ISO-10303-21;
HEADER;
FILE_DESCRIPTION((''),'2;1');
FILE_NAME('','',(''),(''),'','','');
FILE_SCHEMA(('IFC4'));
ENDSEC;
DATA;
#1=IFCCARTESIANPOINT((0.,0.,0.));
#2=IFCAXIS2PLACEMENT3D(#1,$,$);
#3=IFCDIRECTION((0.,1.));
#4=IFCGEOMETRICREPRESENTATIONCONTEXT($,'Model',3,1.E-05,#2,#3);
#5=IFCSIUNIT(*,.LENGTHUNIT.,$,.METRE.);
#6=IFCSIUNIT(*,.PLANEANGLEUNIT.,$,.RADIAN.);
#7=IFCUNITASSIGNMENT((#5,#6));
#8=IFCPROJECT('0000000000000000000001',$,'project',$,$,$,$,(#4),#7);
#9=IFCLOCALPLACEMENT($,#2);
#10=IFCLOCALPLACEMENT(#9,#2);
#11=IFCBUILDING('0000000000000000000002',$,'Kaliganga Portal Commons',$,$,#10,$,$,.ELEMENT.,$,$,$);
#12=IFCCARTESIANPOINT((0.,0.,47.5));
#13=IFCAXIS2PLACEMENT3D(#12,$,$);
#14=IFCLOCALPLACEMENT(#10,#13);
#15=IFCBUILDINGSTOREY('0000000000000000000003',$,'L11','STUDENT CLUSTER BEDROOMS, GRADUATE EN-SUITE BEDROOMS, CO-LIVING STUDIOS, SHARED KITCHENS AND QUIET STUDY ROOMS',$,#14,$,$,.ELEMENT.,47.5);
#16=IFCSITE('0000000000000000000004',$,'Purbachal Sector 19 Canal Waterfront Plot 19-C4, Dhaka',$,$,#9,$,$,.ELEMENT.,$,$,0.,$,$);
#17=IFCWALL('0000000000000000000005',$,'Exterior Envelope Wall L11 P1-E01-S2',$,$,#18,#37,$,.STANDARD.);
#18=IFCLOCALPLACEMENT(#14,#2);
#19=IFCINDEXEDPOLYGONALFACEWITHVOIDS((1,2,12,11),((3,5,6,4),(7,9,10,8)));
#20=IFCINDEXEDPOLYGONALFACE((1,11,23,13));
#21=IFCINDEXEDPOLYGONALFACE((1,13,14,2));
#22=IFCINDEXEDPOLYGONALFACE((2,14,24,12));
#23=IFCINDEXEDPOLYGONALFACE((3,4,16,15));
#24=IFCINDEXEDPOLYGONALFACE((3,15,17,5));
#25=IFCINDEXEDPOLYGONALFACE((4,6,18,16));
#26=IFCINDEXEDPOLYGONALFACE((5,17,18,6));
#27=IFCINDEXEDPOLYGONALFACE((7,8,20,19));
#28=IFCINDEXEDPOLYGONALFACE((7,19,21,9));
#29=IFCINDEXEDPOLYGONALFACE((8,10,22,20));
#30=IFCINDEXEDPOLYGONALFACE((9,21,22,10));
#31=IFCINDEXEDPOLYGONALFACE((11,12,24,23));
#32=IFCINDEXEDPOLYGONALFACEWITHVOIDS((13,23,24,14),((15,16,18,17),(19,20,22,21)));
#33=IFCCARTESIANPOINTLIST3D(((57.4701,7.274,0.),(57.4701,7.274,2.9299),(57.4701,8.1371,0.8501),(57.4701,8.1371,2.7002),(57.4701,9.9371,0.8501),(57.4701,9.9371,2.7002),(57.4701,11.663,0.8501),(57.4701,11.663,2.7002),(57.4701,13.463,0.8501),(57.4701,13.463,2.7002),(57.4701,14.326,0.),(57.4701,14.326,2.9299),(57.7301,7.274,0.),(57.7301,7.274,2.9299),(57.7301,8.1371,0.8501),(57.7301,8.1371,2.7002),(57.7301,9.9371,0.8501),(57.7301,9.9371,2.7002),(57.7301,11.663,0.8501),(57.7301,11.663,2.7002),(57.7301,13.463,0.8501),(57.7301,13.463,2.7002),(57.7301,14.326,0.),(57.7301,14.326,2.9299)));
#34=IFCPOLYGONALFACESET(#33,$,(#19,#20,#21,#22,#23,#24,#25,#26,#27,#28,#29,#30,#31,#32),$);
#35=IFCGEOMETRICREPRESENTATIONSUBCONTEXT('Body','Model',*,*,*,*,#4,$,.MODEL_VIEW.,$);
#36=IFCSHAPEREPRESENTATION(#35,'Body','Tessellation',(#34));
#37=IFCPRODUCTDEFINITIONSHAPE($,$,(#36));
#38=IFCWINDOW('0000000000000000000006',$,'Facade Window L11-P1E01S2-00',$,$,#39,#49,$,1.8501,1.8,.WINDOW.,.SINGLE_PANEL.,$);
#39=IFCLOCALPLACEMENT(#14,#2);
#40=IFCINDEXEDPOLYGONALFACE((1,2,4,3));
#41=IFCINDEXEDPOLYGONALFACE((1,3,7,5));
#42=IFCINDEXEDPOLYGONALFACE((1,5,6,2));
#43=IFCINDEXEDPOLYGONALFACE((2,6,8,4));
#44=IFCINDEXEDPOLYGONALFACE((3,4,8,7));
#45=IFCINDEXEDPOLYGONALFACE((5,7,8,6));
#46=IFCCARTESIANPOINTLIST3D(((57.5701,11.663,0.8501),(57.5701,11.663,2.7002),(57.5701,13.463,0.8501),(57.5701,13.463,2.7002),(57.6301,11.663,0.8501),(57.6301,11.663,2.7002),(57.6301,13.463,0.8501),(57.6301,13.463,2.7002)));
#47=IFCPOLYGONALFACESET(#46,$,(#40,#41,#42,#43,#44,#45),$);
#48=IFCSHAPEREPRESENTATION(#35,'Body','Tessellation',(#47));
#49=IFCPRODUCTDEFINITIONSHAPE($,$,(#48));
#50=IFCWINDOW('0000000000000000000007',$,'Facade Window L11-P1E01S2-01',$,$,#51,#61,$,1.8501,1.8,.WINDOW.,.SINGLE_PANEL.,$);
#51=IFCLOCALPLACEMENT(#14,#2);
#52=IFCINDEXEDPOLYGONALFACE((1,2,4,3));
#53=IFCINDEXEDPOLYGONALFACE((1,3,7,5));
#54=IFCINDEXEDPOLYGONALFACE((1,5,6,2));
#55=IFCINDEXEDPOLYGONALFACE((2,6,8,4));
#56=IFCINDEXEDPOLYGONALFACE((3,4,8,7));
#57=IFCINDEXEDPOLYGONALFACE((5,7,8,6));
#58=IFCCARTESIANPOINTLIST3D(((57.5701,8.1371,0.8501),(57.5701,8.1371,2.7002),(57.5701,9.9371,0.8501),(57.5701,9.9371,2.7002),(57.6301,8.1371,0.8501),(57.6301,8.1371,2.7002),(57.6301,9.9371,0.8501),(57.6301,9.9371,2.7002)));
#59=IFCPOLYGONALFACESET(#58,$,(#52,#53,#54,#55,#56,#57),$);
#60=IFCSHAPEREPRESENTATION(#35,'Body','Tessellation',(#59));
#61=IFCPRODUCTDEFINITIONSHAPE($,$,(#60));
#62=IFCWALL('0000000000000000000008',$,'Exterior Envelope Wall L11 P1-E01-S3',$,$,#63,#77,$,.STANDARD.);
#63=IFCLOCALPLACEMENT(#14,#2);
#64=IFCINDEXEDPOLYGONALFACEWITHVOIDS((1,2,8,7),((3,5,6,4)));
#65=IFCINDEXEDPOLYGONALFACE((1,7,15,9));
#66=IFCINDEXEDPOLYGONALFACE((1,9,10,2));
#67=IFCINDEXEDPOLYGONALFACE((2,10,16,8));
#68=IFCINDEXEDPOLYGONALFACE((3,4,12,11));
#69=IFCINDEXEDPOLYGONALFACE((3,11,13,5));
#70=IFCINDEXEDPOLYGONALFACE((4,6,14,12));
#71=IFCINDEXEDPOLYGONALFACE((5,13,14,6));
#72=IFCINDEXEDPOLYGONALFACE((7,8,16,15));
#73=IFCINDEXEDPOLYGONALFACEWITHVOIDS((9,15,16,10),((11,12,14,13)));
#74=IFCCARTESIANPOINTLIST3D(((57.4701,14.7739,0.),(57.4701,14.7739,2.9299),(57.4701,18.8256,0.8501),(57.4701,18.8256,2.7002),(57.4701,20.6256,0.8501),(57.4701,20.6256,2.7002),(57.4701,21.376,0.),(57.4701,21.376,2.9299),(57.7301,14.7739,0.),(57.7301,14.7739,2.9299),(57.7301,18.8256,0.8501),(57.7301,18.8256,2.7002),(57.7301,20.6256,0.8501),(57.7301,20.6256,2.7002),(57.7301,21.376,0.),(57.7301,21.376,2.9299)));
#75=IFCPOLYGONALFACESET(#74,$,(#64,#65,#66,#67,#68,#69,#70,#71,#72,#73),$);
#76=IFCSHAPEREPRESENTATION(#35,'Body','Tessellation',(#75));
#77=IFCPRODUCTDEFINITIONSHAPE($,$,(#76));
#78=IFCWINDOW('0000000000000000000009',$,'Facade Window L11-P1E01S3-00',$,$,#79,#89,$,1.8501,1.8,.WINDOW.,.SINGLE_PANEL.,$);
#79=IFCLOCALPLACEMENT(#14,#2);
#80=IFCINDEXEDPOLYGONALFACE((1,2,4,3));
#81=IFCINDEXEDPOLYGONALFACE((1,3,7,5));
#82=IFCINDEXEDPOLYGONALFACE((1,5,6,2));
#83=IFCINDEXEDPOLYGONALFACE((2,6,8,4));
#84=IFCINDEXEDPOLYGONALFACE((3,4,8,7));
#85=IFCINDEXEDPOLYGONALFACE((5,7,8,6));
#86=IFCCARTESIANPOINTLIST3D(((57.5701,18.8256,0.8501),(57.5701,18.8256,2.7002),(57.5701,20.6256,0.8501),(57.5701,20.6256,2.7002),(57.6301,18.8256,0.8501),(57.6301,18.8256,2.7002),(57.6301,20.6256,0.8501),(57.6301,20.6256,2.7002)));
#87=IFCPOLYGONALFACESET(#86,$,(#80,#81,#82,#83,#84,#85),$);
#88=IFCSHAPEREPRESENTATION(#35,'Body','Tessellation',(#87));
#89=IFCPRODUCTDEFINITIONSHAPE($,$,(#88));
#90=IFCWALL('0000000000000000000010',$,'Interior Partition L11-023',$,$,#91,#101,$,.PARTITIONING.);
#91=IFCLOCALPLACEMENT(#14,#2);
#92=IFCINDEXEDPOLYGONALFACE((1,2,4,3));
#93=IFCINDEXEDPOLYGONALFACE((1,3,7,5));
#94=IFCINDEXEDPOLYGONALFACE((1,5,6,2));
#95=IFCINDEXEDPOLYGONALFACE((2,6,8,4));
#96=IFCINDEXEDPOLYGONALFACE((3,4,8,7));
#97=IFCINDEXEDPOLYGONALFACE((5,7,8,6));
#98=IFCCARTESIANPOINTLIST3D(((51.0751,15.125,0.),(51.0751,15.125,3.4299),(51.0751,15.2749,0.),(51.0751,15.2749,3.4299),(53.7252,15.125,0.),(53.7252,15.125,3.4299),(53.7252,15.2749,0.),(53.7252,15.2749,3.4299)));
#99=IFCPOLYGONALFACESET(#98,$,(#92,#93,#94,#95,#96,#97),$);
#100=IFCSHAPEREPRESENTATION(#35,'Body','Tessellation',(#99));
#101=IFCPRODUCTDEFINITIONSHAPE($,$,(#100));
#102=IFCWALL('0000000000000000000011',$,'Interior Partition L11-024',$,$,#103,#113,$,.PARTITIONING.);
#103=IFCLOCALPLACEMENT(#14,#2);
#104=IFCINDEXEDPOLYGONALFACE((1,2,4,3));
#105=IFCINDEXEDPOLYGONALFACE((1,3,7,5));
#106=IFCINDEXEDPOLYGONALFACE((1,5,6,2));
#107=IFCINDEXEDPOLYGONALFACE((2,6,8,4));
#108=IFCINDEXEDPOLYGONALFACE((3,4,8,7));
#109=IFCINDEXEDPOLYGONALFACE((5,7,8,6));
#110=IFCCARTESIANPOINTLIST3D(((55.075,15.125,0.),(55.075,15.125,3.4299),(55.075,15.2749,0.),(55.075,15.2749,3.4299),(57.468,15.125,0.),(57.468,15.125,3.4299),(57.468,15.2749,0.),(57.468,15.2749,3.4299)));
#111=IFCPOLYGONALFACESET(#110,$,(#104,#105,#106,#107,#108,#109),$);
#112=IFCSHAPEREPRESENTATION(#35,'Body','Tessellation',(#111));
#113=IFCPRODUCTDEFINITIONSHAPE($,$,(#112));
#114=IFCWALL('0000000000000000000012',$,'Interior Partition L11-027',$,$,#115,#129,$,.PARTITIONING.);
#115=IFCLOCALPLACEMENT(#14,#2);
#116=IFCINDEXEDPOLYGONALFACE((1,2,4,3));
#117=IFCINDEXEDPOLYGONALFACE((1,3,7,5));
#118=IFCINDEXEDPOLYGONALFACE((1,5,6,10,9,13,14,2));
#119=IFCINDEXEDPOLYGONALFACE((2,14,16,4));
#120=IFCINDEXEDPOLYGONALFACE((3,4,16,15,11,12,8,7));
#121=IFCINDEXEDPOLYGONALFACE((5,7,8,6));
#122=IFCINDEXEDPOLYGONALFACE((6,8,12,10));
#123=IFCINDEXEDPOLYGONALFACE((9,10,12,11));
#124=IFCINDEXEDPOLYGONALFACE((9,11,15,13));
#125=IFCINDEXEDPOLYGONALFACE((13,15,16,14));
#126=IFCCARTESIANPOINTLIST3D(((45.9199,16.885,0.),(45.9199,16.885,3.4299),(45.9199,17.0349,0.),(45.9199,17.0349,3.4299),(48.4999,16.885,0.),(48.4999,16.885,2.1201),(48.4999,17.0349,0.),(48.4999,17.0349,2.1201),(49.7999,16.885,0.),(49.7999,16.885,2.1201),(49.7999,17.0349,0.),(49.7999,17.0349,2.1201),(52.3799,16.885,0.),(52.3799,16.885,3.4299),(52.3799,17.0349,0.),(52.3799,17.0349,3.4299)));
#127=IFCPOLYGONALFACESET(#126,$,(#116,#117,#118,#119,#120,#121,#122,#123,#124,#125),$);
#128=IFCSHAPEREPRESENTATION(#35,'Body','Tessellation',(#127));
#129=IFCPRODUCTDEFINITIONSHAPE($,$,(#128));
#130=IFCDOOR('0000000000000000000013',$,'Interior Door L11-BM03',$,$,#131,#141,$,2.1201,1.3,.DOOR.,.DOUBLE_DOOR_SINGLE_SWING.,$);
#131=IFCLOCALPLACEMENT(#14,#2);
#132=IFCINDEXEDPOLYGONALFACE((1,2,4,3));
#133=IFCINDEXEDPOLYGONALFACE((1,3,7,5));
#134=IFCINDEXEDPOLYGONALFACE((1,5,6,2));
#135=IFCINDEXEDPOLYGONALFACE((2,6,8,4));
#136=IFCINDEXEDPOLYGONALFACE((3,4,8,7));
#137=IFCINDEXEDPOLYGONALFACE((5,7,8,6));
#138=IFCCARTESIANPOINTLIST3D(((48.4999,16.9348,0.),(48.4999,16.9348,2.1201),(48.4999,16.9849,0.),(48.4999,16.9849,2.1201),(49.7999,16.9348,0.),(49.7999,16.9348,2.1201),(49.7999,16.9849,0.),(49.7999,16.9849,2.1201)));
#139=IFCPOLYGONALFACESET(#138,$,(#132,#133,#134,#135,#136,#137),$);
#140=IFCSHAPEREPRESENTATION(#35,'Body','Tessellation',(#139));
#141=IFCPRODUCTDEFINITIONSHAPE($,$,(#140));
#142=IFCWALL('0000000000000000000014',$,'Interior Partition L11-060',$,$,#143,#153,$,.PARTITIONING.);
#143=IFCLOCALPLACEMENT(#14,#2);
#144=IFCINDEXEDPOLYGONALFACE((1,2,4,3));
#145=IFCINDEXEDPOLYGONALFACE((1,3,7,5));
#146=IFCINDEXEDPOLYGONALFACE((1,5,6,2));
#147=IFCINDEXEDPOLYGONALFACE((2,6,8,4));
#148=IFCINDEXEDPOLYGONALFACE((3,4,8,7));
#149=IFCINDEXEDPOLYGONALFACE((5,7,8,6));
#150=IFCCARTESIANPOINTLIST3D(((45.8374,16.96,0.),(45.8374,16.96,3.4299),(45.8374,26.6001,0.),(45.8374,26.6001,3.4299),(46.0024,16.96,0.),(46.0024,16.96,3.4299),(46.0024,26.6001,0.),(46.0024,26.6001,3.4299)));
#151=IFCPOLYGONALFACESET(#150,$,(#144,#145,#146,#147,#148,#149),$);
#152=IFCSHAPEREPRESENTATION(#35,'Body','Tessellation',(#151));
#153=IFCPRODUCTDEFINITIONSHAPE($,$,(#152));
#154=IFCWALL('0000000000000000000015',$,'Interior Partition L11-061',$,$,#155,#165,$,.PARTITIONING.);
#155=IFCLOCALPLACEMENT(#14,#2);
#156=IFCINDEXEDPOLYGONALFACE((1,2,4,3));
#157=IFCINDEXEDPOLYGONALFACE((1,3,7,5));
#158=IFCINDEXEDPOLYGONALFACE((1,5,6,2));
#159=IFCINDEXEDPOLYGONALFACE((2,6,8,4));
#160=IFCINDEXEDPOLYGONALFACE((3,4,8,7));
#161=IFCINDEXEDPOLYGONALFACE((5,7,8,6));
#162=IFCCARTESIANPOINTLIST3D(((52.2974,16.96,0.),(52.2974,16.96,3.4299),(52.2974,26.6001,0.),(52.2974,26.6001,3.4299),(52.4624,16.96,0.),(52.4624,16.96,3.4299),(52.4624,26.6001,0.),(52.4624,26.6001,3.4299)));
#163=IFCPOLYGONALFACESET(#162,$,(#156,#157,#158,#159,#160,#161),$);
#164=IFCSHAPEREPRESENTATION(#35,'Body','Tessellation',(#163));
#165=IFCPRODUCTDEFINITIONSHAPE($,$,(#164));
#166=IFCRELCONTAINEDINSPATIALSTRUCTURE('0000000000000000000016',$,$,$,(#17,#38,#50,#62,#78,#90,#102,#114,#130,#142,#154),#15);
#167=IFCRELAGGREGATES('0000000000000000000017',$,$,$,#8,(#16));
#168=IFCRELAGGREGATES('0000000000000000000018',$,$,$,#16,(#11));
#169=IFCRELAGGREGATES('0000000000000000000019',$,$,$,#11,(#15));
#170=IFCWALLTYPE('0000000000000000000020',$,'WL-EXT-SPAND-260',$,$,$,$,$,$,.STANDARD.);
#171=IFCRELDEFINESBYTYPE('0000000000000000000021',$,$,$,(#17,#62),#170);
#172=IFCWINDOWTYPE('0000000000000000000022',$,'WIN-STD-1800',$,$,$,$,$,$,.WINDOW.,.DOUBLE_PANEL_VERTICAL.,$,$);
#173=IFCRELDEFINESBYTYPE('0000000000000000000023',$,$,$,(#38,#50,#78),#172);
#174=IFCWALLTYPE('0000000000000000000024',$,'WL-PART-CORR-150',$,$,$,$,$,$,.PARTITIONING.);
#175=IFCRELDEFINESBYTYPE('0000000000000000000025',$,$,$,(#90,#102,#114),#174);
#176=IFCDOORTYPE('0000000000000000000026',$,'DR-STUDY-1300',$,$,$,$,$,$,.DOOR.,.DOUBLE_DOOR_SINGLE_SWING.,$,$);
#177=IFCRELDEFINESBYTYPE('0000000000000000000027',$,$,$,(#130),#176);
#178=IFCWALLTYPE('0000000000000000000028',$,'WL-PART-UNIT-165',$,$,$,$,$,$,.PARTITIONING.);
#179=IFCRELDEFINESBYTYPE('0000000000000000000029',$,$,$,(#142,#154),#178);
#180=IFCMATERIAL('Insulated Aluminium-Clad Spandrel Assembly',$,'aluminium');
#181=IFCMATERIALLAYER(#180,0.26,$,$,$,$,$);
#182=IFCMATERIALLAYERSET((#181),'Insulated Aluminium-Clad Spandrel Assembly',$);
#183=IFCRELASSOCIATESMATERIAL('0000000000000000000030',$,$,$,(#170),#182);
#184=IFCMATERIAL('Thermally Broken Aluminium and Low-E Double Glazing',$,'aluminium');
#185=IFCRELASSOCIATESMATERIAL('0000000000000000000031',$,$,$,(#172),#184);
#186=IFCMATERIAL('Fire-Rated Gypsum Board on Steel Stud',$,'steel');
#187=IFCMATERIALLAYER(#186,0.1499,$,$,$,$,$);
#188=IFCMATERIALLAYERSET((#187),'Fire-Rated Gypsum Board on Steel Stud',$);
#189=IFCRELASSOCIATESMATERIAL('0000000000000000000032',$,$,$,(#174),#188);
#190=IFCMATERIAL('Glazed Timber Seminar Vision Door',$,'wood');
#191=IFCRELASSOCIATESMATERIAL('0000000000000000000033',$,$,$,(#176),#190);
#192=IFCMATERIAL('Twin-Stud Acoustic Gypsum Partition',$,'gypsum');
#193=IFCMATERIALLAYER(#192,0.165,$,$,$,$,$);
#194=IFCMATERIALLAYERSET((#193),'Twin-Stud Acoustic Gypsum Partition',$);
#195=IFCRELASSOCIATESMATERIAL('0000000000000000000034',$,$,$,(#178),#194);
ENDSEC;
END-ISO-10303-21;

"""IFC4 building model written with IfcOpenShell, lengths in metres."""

from ifc_helpers import new_model, si_unit, direction, frame, frame_2d, origin, place, context, subcontext, project, spatial, rectangle, extrude, material, layer, layer_set, type_object, element, fill, save


model = new_model("IFC4")

# Units and contexts
model_context = context("Model", 3, precision=1e-05, world=origin(), true_north=direction((0.0, 1.0)))
body_context = subcontext(model_context, "Body", "Model", "MODEL_VIEW")
ifc_project = project(units=[si_unit("LENGTHUNIT", "METRE"), si_unit("PLANEANGLEUNIT", "RADIAN")], contexts=[model_context])

# Site, building, storey
site_placement = place(None, origin())
site = spatial("IfcSite", under=ifc_project, at=site_placement, Name="Purbachal Sector 19 Canal Waterfront Plot 19-C4, Dhaka", CompositionType="ELEMENT", RefElevation=0.0)
building_placement = place(site_placement, origin())
building = spatial("IfcBuilding", under=site, at=building_placement, Name="Kaliganga Portal Commons", CompositionType="ELEMENT")
storey_placement = place(building_placement, frame((0.0, 0.0, 47.5)))
storey = spatial("IfcBuildingStorey", under=building, at=storey_placement, Name="L11", Description="STUDENT CLUSTER BEDROOMS, GRADUATE EN-SUITE BEDROOMS, CO-LIVING STUDIOS, SHARED KITCHENS AND QUIET STUDY ROOMS", CompositionType="ELEMENT", Elevation=47.5)

# Wall, openings, windows
ifc_material_1 = material(Name="Insulated Aluminium-Clad Spandrel Assembly", Category="aluminium")
ifc_layer_1 = layer(ifc_material_1, 0.26)
ifc_layer_set_1 = layer_set([ifc_layer_1], Name="Insulated Aluminium-Clad Spandrel Assembly")
wall_type_1 = type_object("IfcWallType", Name="WL-EXT-SPAND-260", PredefinedType="STANDARD", material=ifc_layer_set_1)
wall_1_placement = place(storey_placement, frame((57.6001, 14.3259, 0.0), z_axis=(0.0, 0.0, 1.0), x_axis=(0.0, -1.0, 0.0)))
wall_1 = element("IfcWall", 1, at=wall_1_placement, inside=storey, type_object=wall_type_1, Name="Exterior Envelope Wall L11 P1-E01-S2", PredefinedType="STANDARD", context=body_context, shape_type="SweptSolid", body=[
    extrude(rectangle(XDim=7.052, YDim=0.26, at=frame_2d((3.5259, 0.0))), origin(), (0.0, 0.0, 1.0), 2.9299),
])
opening_1_placement = place(wall_1_placement, frame((0.863, 0.0, 0.8501)))
opening_1 = element("IfcOpeningElement", 2, at=opening_1_placement, cuts=wall_1, PredefinedType="OPENING", context=body_context, shape_type="SweptSolid", body=[
    extrude(rectangle(XDim=1.8, YDim=1.8501, at=frame_2d((0.8999, 0.925))), frame((0.0, 0.1401, 0.0), z_axis=(0.0, -1.0, 0.0), x_axis=(1.0, 0.0, 0.0)), (0.0, 0.0, 1.0), 0.28),
])
opening_2_placement = place(wall_1_placement, frame((4.3889, 0.0, 0.8501)))
opening_2 = element("IfcOpeningElement", 3, at=opening_2_placement, cuts=wall_1, PredefinedType="OPENING", context=body_context, shape_type="SweptSolid", body=[
    extrude(rectangle(XDim=1.8, YDim=1.8501, at=frame_2d((0.8999, 0.925))), frame((0.0, 0.1401, 0.0), z_axis=(0.0, -1.0, 0.0), x_axis=(1.0, 0.0, 0.0)), (0.0, 0.0, 1.0), 0.28),
])
ifc_material_2 = material(Name="Thermally Broken Aluminium and Low-E Double Glazing", Category="aluminium")
window_type = type_object("IfcWindowType", Name="WIN-STD-1800", PartitioningType="DOUBLE_PANEL_VERTICAL", PredefinedType="WINDOW", material=ifc_material_2)
window_1_placement = place(opening_1_placement, origin())
window_1 = element("IfcWindow", 4, at=window_1_placement, inside=storey, type_object=window_type, Name="Facade Window L11-P1E01S2-00", OverallHeight=1.8501, OverallWidth=1.8, PartitioningType="SINGLE_PANEL", PredefinedType="WINDOW", context=body_context, shape_type="SweptSolid", body=[
    extrude(rectangle(XDim=1.8, YDim=1.8501, at=frame_2d((0.8999, 0.925))), frame((0.0, 0.03, 0.0), z_axis=(0.0, -1.0, 0.0), x_axis=(1.0, 0.0, 0.0)), (0.0, 0.0, 1.0), 0.0601),
])
fill(opening_1, window_1)
window_2_placement = place(opening_2_placement, origin())
window_2 = element("IfcWindow", 5, at=window_2_placement, inside=storey, type_object=window_type, Name="Facade Window L11-P1E01S2-01", OverallHeight=1.8501, OverallWidth=1.8, PartitioningType="SINGLE_PANEL", PredefinedType="WINDOW", context=body_context, shape_type="SweptSolid", body=[
    extrude(rectangle(XDim=1.8, YDim=1.8501, at=frame_2d((0.8999, 0.925))), frame((0.0, 0.03, 0.0), z_axis=(0.0, -1.0, 0.0), x_axis=(1.0, 0.0, 0.0)), (0.0, 0.0, 1.0), 0.0601),
])
fill(opening_2, window_2)

# Wall, opening, window
wall_2_placement = place(storey_placement, frame((57.6001, 21.376, 0.0), z_axis=(0.0, 0.0, 1.0), x_axis=(0.0, -1.0, 0.0)))
wall_2 = element("IfcWall", 6, at=wall_2_placement, inside=storey, type_object=wall_type_1, Name="Exterior Envelope Wall L11 P1-E01-S3", PredefinedType="STANDARD", context=body_context, shape_type="SweptSolid", body=[
    extrude(rectangle(XDim=6.6021, YDim=0.26, at=frame_2d((3.301, 0.0))), origin(), (0.0, 0.0, 1.0), 2.9299),
])
opening_3_placement = place(wall_2_placement, frame((0.7505, 0.0, 0.8501)))
opening_3 = element("IfcOpeningElement", 7, at=opening_3_placement, cuts=wall_2, PredefinedType="OPENING", context=body_context, shape_type="SweptSolid", body=[
    extrude(rectangle(XDim=1.8, YDim=1.8501, at=frame_2d((0.8999, 0.925))), frame((0.0, 0.1401, 0.0), z_axis=(0.0, -1.0, 0.0), x_axis=(1.0, 0.0, 0.0)), (0.0, 0.0, 1.0), 0.28),
])
window_3_placement = place(opening_3_placement, origin())
window_3 = element("IfcWindow", 8, at=window_3_placement, inside=storey, type_object=window_type, Name="Facade Window L11-P1E01S3-00", OverallHeight=1.8501, OverallWidth=1.8, PartitioningType="SINGLE_PANEL", PredefinedType="WINDOW", context=body_context, shape_type="SweptSolid", body=[
    extrude(rectangle(XDim=1.8, YDim=1.8501, at=frame_2d((0.8999, 0.925))), frame((0.0, 0.03, 0.0), z_axis=(0.0, -1.0, 0.0), x_axis=(1.0, 0.0, 0.0)), (0.0, 0.0, 1.0), 0.0601),
])
fill(opening_3, window_3)

# Walls
ifc_material_3 = material(Name="Fire-Rated Gypsum Board on Steel Stud", Category="steel")
ifc_layer_2 = layer(ifc_material_3, 0.1499)
ifc_layer_set_2 = layer_set([ifc_layer_2], Name="Fire-Rated Gypsum Board on Steel Stud")
wall_type_2 = type_object("IfcWallType", Name="WL-PART-CORR-150", PredefinedType="PARTITIONING", material=ifc_layer_set_2)
wall_3_placement = place(storey_placement, frame((51.075, 15.2, 0.0), z_axis=(0.0, 0.0, 1.0), x_axis=(1.0, 0.0, 0.0)))
element("IfcWall", 9, at=wall_3_placement, inside=storey, type_object=wall_type_2, Name="Interior Partition L11-023", PredefinedType="PARTITIONING", context=body_context, shape_type="SweptSolid", body=[
    extrude(rectangle(XDim=2.6501, YDim=0.1499, at=frame_2d((1.3252, 0.0))), origin(), (0.0, 0.0, 1.0), 3.4299),
])
wall_4_placement = place(storey_placement, frame((55.075, 15.2, 0.0), z_axis=(0.0, 0.0, 1.0), x_axis=(1.0, 0.0, 0.0)))
element("IfcWall", 10, at=wall_4_placement, inside=storey, type_object=wall_type_2, Name="Interior Partition L11-024", PredefinedType="PARTITIONING", context=body_context, shape_type="SweptSolid", body=[
    extrude(rectangle(XDim=2.3931, YDim=0.1499, at=frame_2d((1.1965, 0.0))), origin(), (0.0, 0.0, 1.0), 3.4299),
])

# Wall, opening, door
wall_5_placement = place(storey_placement, frame((45.9199, 16.96, 0.0), z_axis=(0.0, 0.0, 1.0), x_axis=(1.0, 0.0, 0.0)))
wall_5 = element("IfcWall", 11, at=wall_5_placement, inside=storey, type_object=wall_type_2, Name="Interior Partition L11-027", PredefinedType="PARTITIONING", context=body_context, shape_type="SweptSolid", body=[
    extrude(rectangle(XDim=6.46, YDim=0.1499, at=frame_2d((3.23, 0.0))), origin(), (0.0, 0.0, 1.0), 3.4299),
])
opening_4_placement = place(wall_5_placement, frame((2.5801, 0.0, 0.0)))
opening_4 = element("IfcOpeningElement", 12, at=opening_4_placement, cuts=wall_5, PredefinedType="OPENING", context=body_context, shape_type="SweptSolid", body=[
    extrude(rectangle(XDim=1.3, YDim=2.1201, at=frame_2d((0.6499, 1.0601))), frame((0.0, 0.085, 0.0), z_axis=(0.0, -1.0, 0.0), x_axis=(1.0, 0.0, 0.0)), (0.0, 0.0, 1.0), 0.1699),
])
ifc_material_4 = material(Name="Glazed Timber Seminar Vision Door", Category="wood")
door_type_1 = type_object("IfcDoorType", Name="DR-STUDY-1300", OperationType="DOUBLE_DOOR_SINGLE_SWING", PredefinedType="DOOR", material=ifc_material_4)
door_1_placement = place(opening_4_placement, origin())
door_1 = element("IfcDoor", 13, at=door_1_placement, inside=storey, type_object=door_type_1, Name="Interior Door L11-BM03", OperationType="DOUBLE_DOOR_SINGLE_SWING", OverallHeight=2.1201, OverallWidth=1.3, PredefinedType="DOOR", context=body_context, shape_type="SweptSolid", body=[
    extrude(rectangle(XDim=1.3, YDim=2.1201, at=frame_2d((0.6499, 1.0601))), frame((0.0, 0.0249, 0.0), z_axis=(0.0, -1.0, 0.0), x_axis=(1.0, 0.0, 0.0)), (0.0, 0.0, 1.0), 0.05),
])
fill(opening_4, door_1)

# Walls
ifc_material_5 = material(Name="Twin-Stud Acoustic Gypsum Partition", Category="gypsum")
ifc_layer_3 = layer(ifc_material_5, 0.165)
ifc_layer_set_3 = layer_set([ifc_layer_3], Name="Twin-Stud Acoustic Gypsum Partition")
wall_type_3 = type_object("IfcWallType", Name="WL-PART-UNIT-165", PredefinedType="PARTITIONING", material=ifc_layer_set_3)
for number, where, z_axis, x_axis, name in (
    (14, (45.9199, 16.96, 0.0), (0.0, 0.0, 1.0), (0.0, 1.0, 0.0), "Interior Partition L11-060"),
    (15, (52.3799, 16.96, 0.0), (0.0, 0.0, 1.0), (0.0, 1.0, 0.0), "Interior Partition L11-061"),
):
    element("IfcWall", number, at=place(storey_placement, frame(where, z_axis=z_axis, x_axis=x_axis)), inside=storey, type_object=wall_type_3, Name=name, PredefinedType="PARTITIONING", context=body_context, shape_type="SweptSolid", body=[
        extrude(rectangle(XDim=9.6401, YDim=0.165, at=frame_2d((4.8201, 0.0))), origin(), (0.0, 0.0, 1.0), 3.4299),
    ])

save(model, "model.ifc")
